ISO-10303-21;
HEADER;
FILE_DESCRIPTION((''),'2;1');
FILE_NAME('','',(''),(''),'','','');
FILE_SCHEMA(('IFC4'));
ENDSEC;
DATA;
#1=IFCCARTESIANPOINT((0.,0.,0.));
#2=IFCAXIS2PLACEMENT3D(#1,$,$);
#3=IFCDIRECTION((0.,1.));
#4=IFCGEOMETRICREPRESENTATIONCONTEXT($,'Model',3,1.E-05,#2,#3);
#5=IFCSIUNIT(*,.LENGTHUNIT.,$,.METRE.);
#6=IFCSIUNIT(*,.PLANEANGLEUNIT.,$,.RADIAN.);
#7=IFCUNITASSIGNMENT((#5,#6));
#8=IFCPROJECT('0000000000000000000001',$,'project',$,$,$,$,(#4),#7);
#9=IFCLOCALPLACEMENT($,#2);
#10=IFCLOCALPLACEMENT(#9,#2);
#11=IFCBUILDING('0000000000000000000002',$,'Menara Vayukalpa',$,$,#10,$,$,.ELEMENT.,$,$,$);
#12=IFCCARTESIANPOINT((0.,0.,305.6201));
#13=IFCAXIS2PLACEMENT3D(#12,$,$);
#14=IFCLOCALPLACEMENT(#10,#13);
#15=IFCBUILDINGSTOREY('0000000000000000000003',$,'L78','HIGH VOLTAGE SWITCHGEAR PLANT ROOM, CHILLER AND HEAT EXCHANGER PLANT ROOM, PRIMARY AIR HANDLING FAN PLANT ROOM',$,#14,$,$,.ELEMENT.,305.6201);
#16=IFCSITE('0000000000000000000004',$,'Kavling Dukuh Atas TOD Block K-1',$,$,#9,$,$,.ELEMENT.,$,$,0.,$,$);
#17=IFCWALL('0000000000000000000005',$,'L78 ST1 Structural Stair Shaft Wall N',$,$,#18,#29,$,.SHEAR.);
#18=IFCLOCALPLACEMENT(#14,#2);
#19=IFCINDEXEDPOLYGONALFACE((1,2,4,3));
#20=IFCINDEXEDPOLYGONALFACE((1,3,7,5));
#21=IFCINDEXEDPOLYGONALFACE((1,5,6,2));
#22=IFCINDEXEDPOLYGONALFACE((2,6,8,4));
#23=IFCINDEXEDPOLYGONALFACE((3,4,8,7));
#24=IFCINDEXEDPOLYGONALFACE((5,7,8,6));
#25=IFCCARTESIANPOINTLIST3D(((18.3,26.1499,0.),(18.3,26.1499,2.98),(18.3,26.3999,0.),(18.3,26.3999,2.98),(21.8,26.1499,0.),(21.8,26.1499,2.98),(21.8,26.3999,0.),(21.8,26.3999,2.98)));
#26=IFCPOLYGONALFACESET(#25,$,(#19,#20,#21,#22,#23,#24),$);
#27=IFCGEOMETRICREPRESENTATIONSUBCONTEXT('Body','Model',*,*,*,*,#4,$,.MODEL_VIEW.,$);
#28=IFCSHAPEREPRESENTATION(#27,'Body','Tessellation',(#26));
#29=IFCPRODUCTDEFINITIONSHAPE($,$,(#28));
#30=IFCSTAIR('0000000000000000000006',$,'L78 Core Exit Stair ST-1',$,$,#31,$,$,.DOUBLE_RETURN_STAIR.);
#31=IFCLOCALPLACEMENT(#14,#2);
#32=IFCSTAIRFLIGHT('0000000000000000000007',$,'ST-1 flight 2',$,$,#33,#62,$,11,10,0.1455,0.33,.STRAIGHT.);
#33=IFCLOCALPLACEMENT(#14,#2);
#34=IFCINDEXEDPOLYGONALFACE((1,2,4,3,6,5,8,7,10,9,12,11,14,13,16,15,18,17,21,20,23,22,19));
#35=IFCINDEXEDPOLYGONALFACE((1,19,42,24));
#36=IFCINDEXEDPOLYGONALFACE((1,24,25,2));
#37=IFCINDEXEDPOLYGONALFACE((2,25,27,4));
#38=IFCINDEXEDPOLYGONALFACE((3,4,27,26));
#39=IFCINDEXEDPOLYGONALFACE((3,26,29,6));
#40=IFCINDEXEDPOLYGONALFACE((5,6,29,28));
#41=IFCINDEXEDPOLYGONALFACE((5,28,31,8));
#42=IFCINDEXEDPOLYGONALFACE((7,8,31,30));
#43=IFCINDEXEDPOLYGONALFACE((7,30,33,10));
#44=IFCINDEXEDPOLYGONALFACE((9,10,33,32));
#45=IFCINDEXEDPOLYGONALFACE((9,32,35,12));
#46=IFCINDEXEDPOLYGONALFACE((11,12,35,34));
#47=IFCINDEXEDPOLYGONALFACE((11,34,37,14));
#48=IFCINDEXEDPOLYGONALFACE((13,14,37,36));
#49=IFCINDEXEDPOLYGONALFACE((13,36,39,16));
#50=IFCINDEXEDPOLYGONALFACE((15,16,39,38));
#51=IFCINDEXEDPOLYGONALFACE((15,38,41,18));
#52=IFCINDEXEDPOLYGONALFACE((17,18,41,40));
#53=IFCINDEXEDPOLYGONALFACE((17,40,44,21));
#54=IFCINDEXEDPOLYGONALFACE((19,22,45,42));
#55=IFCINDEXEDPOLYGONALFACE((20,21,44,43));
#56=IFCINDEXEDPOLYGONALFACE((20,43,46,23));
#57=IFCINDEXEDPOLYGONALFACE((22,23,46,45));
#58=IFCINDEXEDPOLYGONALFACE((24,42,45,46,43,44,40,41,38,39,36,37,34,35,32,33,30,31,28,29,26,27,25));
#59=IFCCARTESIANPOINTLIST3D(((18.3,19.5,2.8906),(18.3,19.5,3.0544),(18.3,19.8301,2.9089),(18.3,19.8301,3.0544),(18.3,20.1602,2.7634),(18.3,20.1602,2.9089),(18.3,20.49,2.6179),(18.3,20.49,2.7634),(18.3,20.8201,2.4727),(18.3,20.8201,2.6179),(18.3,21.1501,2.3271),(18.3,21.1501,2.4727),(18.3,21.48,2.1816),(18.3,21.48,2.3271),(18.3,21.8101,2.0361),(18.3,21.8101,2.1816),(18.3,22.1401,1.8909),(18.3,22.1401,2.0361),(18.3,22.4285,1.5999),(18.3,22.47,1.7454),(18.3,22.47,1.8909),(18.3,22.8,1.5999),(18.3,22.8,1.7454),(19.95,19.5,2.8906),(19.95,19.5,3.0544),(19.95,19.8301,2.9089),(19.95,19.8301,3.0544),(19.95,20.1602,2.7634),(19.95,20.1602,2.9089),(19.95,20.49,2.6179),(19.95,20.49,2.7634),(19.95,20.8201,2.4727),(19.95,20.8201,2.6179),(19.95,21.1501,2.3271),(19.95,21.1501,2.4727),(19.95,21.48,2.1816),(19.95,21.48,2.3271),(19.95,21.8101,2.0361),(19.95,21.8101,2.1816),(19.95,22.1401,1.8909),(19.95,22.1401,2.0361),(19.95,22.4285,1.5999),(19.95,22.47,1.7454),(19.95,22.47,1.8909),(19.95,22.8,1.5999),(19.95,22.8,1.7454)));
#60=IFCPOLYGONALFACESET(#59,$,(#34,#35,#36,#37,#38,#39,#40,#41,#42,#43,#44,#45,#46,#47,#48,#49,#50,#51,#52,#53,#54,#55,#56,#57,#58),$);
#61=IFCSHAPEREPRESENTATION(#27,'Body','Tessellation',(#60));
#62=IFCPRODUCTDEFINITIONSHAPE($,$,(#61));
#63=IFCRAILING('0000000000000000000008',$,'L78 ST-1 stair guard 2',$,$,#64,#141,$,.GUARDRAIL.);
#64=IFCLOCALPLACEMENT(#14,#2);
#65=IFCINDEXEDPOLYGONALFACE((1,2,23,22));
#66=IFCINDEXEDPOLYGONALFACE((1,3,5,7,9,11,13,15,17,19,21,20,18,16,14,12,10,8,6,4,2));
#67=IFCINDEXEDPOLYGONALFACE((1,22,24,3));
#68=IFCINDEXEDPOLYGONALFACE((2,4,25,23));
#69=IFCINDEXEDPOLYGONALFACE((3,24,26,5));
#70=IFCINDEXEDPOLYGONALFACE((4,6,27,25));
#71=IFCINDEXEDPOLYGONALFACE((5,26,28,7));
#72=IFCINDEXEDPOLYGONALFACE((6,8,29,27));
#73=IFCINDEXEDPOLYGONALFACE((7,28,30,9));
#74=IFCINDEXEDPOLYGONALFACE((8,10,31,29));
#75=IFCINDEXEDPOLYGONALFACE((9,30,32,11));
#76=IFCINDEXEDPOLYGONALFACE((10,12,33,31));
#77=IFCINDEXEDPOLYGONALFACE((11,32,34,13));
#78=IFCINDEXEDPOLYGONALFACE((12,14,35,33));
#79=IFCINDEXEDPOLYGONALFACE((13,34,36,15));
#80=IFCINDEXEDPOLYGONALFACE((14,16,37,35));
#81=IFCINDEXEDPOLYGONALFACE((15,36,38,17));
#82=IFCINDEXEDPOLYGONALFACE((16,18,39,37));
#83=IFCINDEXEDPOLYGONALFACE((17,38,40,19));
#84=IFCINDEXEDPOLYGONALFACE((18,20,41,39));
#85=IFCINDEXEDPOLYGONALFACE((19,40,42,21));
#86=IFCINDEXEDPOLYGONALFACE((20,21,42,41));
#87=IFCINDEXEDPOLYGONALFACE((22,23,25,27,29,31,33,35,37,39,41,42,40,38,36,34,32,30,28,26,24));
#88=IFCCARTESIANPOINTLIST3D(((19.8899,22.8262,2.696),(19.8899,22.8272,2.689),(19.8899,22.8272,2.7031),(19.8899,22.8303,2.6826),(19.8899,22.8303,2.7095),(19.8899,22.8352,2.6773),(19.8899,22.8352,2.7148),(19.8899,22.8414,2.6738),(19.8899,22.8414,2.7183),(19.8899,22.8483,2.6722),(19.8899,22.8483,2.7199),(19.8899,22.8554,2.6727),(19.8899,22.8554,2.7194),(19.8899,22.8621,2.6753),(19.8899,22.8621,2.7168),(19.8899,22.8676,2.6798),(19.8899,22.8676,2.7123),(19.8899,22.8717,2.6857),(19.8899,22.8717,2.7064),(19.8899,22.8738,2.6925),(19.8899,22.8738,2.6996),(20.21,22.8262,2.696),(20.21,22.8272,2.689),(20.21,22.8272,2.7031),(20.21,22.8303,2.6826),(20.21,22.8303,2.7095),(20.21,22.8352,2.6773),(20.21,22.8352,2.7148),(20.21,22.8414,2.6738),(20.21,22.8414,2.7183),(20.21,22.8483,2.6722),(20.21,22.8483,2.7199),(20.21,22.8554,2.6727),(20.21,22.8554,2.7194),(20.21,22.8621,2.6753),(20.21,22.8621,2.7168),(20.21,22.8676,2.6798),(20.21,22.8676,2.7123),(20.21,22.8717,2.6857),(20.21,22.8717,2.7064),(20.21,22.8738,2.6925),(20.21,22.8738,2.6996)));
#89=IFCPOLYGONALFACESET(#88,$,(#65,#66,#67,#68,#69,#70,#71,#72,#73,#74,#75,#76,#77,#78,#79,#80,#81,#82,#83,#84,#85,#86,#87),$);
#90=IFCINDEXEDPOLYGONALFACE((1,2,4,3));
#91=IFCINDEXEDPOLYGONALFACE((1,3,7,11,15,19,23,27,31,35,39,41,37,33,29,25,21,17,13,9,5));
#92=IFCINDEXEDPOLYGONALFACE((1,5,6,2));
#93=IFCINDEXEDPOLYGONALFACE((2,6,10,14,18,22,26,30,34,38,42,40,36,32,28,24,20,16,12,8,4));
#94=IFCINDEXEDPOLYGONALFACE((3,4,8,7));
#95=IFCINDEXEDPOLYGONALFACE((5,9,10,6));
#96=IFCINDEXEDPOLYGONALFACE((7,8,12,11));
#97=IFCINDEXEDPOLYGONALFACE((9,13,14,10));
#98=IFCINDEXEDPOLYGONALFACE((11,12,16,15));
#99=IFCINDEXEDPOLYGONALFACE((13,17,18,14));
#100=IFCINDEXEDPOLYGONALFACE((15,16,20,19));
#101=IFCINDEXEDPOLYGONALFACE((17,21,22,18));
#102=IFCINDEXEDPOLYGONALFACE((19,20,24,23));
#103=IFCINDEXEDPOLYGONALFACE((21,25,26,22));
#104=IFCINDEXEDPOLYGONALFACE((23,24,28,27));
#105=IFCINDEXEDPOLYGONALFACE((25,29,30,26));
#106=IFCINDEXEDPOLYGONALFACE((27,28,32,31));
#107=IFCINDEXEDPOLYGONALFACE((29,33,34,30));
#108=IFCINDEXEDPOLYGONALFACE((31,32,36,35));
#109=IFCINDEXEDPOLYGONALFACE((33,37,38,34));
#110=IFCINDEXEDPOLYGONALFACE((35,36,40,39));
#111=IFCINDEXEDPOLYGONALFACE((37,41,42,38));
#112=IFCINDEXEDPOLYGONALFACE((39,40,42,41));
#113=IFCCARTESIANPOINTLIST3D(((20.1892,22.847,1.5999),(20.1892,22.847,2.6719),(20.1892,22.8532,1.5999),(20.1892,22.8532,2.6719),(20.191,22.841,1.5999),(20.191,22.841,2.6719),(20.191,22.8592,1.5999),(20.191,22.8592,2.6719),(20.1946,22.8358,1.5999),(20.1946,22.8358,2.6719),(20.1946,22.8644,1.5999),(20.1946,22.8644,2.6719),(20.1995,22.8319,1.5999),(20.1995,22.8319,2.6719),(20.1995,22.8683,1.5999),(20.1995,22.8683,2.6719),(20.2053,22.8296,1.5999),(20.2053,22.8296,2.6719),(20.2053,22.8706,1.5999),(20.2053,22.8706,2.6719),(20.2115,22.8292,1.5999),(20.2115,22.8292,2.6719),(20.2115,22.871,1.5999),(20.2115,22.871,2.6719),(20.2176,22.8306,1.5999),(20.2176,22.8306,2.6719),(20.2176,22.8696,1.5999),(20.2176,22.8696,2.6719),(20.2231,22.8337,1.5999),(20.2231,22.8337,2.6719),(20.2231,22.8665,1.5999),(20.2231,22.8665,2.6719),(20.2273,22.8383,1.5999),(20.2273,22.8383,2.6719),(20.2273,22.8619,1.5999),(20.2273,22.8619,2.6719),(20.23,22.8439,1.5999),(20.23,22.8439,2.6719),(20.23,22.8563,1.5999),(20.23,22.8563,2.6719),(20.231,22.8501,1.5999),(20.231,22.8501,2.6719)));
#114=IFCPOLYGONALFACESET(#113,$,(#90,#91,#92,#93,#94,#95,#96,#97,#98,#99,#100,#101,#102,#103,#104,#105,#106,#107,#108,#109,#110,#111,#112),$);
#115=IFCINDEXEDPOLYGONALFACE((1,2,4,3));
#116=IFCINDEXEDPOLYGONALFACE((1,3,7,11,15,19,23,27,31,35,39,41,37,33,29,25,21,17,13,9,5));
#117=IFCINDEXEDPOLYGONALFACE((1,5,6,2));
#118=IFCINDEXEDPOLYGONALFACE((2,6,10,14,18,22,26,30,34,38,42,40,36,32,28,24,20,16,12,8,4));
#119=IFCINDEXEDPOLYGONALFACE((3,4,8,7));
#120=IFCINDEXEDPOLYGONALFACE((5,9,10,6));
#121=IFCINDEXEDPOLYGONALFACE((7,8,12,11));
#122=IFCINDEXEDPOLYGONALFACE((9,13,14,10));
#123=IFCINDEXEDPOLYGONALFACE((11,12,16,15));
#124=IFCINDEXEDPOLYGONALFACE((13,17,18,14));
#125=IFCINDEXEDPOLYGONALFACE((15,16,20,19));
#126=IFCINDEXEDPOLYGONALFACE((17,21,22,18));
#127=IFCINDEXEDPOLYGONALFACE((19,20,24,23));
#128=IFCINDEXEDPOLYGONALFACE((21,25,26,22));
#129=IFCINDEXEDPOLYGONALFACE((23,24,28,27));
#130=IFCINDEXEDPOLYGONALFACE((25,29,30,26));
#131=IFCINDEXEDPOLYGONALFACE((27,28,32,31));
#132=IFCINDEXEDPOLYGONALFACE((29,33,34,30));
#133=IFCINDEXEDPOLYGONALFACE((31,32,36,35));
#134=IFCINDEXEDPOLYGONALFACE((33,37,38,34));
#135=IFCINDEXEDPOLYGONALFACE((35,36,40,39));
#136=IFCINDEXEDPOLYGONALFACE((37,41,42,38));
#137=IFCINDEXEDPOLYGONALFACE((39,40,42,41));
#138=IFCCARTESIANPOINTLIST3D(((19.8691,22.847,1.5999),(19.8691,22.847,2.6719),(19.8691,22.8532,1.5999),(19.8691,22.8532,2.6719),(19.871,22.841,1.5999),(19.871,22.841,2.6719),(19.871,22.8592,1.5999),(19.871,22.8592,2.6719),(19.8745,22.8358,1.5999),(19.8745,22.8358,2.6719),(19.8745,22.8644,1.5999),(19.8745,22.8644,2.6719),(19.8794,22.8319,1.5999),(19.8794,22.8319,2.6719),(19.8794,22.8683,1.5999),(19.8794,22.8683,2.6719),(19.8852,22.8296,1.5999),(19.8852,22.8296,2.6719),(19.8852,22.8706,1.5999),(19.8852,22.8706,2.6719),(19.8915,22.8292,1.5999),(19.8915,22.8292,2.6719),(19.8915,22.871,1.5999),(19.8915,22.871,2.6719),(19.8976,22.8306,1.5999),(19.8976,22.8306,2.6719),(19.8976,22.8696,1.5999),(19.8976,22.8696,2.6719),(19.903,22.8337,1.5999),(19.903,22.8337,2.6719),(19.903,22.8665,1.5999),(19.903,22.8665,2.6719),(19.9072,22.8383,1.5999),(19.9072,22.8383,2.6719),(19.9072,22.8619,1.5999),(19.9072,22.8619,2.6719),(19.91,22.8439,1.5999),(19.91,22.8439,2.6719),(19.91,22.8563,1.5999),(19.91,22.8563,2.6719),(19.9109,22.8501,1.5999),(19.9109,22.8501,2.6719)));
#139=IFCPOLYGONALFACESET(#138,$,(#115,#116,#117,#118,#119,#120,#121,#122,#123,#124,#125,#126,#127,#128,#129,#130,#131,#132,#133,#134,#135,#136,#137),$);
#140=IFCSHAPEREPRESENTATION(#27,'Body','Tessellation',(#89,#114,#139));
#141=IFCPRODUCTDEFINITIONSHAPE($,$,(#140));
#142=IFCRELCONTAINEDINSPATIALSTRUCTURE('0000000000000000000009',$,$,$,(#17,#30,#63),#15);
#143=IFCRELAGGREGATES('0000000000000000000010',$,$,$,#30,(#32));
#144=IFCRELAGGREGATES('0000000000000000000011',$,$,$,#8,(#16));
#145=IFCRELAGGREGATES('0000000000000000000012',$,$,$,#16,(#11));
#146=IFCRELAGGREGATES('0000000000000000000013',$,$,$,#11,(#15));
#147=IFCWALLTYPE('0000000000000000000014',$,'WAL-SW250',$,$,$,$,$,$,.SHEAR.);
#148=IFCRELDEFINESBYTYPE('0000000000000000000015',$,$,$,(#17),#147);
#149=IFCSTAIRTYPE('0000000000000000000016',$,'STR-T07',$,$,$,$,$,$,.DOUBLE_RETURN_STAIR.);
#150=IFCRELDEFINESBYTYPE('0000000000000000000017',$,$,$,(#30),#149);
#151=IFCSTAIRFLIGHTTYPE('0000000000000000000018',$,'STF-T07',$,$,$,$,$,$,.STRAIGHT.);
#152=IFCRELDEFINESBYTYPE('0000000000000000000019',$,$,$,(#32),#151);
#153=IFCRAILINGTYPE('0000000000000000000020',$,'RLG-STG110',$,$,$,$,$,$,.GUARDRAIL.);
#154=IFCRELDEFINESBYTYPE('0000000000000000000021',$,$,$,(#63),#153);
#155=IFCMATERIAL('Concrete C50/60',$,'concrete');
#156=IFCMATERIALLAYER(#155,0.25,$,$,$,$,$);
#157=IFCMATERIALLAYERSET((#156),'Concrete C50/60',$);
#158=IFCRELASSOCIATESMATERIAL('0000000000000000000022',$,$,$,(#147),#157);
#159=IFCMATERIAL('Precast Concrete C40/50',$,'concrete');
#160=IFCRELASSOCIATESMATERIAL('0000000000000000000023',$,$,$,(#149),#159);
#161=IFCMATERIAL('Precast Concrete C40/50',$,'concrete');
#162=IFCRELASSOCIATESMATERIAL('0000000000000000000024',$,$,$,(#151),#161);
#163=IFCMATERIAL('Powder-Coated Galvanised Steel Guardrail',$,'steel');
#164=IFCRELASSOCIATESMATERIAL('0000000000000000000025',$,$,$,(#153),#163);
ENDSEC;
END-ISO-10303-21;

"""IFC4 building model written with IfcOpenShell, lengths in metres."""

from ifc_helpers import new_model, si_unit, direction, frame, frame_2d, origin, origin_2d, place, context, subcontext, project, spatial, polyline, rectangle, circle, outline, extrude, material, layer, layer_set, type_object, element, aggregate, save


model = new_model("IFC4")

# Units and contexts
model_context = context("Model", 3, precision=1e-05, world=origin(), true_north=direction((0.0, 1.0)))
body_context = subcontext(model_context, "Body", "Model", "MODEL_VIEW")
ifc_project = project(units=[si_unit("LENGTHUNIT", "METRE"), si_unit("PLANEANGLEUNIT", "RADIAN")], contexts=[model_context])

# Site, building, storey
site_placement = place(None, origin())
site = spatial("IfcSite", under=ifc_project, at=site_placement, Name="Kavling Dukuh Atas TOD Block K-1", CompositionType="ELEMENT", RefElevation=0.0)
building_placement = place(site_placement, origin())
building = spatial("IfcBuilding", under=site, at=building_placement, Name="Menara Vayukalpa", CompositionType="ELEMENT")
storey_placement = place(building_placement, frame((0.0, 0.0, 305.6201)))
storey = spatial("IfcBuildingStorey", under=building, at=storey_placement, Name="L78", Description="HIGH VOLTAGE SWITCHGEAR PLANT ROOM, CHILLER AND HEAT EXCHANGER PLANT ROOM, PRIMARY AIR HANDLING FAN PLANT ROOM", CompositionType="ELEMENT", Elevation=305.6201)

# Wall
ifc_material_1 = material(Name="Concrete C50/60", Category="concrete")
ifc_layer_1 = layer(ifc_material_1, 0.25)
ifc_layer_set_1 = layer_set([ifc_layer_1], Name="Concrete C50/60")
wall_type_1 = type_object("IfcWallType", Name="WAL-SW250", PredefinedType="SHEAR", material=ifc_layer_set_1)
wall_1_placement = place(storey_placement, frame((18.3, 26.2749, 0.0), z_axis=(0.0, 0.0, 1.0), x_axis=(1.0, 0.0, 0.0)))
element("IfcWall", 1, at=wall_1_placement, inside=storey, type_object=wall_type_1, Name="L78 ST1 Structural Stair Shaft Wall N", PredefinedType="SHEAR", context=body_context, shape_type="SweptSolid", body=[
    extrude(rectangle(XDim=3.5, YDim=0.25, at=frame_2d((1.75, 0.0))), origin(), (0.0, 0.0, 1.0), 2.98),
])

# Stair, stair flight
ifc_material_2 = material(Name="Precast Concrete C40/50", Category="concrete")
stair_type = type_object("IfcStairType", Name="STR-T07", PredefinedType="DOUBLE_RETURN_STAIR", material=ifc_material_2)
stair_placement = place(storey_placement, origin())
stair = element("IfcStair", 2, at=stair_placement, inside=storey, type_object=stair_type, Name="L78 Core Exit Stair ST-1", PredefinedType="DOUBLE_RETURN_STAIR")
ifc_material_3 = material(Name="Precast Concrete C40/50", Category="concrete")
stair_flight_type = type_object("IfcStairFlightType", Name="STF-T07", PredefinedType="STRAIGHT", material=ifc_material_3)
stair_flight_placement = place(storey_placement, frame((19.125, 22.8, 1.5999), z_axis=(0.0, 0.0, 1.0), x_axis=(0.0, -1.0, 0.0)))
stair_flight = element("IfcStairFlight", 3, at=stair_flight_placement, type_object=stair_flight_type, Name="ST-1 flight 2", NumberOfRisers=11, NumberOfTreads=10, PredefinedType="STRAIGHT", RiserHeight=0.1455, TreadLength=0.33, context=body_context, shape_type="SweptSolid", body=[
    extrude(outline(polyline([(0.0, 0.0), (0.0, 0.1455), (0.3301, 0.1455), (0.3301, 0.291), (0.6599, 0.291), (0.6599, 0.4363), (0.99, 0.4363), (0.99, 0.5818), (1.3201, 0.5818), (1.3201, 0.7273), (1.6499, 0.7273), (1.6499, 0.8728), (1.98, 0.8728), (1.98, 1.0181), (2.3101, 1.0181), (2.3101, 1.1636), (2.6399, 1.1636), (2.6399, 1.3091), (2.97, 1.3091), (2.97, 1.4546), (3.3, 1.4546), (3.3, 1.6001), (3.3, 1.2908), (0.3716, 0.0), (0.0, 0.0)])), frame((0.0, 0.825, 0.0), z_axis=(0.0, -1.0, 0.0), x_axis=(1.0, 0.0, 0.0)), (0.0, 0.0, 1.0), 1.6499),
])
aggregate(stair, [stair_flight])

# Railing
ifc_material_4 = material(Name="Powder-Coated Galvanised Steel Guardrail", Category="steel")
railing_type_1 = type_object("IfcRailingType", Name="RLG-STG110", PredefinedType="GUARDRAIL", material=ifc_material_4)
railing_1_placement = place(storey_placement, frame((20.21, 22.8501, 1.5999)))
element("IfcRailing", 4, at=railing_1_placement, inside=storey, type_object=railing_type_1, Name="L78 ST-1 stair guard 2", PredefinedType="GUARDRAIL", context=body_context, shape_type="SweptSolid", body=[
    extrude(circle(Radius=0.0239, at=origin_2d()), frame((0.0, 0.0, 1.0962), z_axis=(-1.0, 0.0, 0.0), x_axis=(0.0, -1.0, 0.0)), (0.0, 0.0, 1.0), 0.3201),
    extrude(circle(Radius=0.021, at=origin_2d()), origin(), (0.0, 0.0, 1.0), 1.072),
    extrude(circle(Radius=0.021, at=origin_2d()), frame((-0.3201, 0.0, 0.0)), (0.0, 0.0, 1.0), 1.072),
])

save(model, "model.ifc")
